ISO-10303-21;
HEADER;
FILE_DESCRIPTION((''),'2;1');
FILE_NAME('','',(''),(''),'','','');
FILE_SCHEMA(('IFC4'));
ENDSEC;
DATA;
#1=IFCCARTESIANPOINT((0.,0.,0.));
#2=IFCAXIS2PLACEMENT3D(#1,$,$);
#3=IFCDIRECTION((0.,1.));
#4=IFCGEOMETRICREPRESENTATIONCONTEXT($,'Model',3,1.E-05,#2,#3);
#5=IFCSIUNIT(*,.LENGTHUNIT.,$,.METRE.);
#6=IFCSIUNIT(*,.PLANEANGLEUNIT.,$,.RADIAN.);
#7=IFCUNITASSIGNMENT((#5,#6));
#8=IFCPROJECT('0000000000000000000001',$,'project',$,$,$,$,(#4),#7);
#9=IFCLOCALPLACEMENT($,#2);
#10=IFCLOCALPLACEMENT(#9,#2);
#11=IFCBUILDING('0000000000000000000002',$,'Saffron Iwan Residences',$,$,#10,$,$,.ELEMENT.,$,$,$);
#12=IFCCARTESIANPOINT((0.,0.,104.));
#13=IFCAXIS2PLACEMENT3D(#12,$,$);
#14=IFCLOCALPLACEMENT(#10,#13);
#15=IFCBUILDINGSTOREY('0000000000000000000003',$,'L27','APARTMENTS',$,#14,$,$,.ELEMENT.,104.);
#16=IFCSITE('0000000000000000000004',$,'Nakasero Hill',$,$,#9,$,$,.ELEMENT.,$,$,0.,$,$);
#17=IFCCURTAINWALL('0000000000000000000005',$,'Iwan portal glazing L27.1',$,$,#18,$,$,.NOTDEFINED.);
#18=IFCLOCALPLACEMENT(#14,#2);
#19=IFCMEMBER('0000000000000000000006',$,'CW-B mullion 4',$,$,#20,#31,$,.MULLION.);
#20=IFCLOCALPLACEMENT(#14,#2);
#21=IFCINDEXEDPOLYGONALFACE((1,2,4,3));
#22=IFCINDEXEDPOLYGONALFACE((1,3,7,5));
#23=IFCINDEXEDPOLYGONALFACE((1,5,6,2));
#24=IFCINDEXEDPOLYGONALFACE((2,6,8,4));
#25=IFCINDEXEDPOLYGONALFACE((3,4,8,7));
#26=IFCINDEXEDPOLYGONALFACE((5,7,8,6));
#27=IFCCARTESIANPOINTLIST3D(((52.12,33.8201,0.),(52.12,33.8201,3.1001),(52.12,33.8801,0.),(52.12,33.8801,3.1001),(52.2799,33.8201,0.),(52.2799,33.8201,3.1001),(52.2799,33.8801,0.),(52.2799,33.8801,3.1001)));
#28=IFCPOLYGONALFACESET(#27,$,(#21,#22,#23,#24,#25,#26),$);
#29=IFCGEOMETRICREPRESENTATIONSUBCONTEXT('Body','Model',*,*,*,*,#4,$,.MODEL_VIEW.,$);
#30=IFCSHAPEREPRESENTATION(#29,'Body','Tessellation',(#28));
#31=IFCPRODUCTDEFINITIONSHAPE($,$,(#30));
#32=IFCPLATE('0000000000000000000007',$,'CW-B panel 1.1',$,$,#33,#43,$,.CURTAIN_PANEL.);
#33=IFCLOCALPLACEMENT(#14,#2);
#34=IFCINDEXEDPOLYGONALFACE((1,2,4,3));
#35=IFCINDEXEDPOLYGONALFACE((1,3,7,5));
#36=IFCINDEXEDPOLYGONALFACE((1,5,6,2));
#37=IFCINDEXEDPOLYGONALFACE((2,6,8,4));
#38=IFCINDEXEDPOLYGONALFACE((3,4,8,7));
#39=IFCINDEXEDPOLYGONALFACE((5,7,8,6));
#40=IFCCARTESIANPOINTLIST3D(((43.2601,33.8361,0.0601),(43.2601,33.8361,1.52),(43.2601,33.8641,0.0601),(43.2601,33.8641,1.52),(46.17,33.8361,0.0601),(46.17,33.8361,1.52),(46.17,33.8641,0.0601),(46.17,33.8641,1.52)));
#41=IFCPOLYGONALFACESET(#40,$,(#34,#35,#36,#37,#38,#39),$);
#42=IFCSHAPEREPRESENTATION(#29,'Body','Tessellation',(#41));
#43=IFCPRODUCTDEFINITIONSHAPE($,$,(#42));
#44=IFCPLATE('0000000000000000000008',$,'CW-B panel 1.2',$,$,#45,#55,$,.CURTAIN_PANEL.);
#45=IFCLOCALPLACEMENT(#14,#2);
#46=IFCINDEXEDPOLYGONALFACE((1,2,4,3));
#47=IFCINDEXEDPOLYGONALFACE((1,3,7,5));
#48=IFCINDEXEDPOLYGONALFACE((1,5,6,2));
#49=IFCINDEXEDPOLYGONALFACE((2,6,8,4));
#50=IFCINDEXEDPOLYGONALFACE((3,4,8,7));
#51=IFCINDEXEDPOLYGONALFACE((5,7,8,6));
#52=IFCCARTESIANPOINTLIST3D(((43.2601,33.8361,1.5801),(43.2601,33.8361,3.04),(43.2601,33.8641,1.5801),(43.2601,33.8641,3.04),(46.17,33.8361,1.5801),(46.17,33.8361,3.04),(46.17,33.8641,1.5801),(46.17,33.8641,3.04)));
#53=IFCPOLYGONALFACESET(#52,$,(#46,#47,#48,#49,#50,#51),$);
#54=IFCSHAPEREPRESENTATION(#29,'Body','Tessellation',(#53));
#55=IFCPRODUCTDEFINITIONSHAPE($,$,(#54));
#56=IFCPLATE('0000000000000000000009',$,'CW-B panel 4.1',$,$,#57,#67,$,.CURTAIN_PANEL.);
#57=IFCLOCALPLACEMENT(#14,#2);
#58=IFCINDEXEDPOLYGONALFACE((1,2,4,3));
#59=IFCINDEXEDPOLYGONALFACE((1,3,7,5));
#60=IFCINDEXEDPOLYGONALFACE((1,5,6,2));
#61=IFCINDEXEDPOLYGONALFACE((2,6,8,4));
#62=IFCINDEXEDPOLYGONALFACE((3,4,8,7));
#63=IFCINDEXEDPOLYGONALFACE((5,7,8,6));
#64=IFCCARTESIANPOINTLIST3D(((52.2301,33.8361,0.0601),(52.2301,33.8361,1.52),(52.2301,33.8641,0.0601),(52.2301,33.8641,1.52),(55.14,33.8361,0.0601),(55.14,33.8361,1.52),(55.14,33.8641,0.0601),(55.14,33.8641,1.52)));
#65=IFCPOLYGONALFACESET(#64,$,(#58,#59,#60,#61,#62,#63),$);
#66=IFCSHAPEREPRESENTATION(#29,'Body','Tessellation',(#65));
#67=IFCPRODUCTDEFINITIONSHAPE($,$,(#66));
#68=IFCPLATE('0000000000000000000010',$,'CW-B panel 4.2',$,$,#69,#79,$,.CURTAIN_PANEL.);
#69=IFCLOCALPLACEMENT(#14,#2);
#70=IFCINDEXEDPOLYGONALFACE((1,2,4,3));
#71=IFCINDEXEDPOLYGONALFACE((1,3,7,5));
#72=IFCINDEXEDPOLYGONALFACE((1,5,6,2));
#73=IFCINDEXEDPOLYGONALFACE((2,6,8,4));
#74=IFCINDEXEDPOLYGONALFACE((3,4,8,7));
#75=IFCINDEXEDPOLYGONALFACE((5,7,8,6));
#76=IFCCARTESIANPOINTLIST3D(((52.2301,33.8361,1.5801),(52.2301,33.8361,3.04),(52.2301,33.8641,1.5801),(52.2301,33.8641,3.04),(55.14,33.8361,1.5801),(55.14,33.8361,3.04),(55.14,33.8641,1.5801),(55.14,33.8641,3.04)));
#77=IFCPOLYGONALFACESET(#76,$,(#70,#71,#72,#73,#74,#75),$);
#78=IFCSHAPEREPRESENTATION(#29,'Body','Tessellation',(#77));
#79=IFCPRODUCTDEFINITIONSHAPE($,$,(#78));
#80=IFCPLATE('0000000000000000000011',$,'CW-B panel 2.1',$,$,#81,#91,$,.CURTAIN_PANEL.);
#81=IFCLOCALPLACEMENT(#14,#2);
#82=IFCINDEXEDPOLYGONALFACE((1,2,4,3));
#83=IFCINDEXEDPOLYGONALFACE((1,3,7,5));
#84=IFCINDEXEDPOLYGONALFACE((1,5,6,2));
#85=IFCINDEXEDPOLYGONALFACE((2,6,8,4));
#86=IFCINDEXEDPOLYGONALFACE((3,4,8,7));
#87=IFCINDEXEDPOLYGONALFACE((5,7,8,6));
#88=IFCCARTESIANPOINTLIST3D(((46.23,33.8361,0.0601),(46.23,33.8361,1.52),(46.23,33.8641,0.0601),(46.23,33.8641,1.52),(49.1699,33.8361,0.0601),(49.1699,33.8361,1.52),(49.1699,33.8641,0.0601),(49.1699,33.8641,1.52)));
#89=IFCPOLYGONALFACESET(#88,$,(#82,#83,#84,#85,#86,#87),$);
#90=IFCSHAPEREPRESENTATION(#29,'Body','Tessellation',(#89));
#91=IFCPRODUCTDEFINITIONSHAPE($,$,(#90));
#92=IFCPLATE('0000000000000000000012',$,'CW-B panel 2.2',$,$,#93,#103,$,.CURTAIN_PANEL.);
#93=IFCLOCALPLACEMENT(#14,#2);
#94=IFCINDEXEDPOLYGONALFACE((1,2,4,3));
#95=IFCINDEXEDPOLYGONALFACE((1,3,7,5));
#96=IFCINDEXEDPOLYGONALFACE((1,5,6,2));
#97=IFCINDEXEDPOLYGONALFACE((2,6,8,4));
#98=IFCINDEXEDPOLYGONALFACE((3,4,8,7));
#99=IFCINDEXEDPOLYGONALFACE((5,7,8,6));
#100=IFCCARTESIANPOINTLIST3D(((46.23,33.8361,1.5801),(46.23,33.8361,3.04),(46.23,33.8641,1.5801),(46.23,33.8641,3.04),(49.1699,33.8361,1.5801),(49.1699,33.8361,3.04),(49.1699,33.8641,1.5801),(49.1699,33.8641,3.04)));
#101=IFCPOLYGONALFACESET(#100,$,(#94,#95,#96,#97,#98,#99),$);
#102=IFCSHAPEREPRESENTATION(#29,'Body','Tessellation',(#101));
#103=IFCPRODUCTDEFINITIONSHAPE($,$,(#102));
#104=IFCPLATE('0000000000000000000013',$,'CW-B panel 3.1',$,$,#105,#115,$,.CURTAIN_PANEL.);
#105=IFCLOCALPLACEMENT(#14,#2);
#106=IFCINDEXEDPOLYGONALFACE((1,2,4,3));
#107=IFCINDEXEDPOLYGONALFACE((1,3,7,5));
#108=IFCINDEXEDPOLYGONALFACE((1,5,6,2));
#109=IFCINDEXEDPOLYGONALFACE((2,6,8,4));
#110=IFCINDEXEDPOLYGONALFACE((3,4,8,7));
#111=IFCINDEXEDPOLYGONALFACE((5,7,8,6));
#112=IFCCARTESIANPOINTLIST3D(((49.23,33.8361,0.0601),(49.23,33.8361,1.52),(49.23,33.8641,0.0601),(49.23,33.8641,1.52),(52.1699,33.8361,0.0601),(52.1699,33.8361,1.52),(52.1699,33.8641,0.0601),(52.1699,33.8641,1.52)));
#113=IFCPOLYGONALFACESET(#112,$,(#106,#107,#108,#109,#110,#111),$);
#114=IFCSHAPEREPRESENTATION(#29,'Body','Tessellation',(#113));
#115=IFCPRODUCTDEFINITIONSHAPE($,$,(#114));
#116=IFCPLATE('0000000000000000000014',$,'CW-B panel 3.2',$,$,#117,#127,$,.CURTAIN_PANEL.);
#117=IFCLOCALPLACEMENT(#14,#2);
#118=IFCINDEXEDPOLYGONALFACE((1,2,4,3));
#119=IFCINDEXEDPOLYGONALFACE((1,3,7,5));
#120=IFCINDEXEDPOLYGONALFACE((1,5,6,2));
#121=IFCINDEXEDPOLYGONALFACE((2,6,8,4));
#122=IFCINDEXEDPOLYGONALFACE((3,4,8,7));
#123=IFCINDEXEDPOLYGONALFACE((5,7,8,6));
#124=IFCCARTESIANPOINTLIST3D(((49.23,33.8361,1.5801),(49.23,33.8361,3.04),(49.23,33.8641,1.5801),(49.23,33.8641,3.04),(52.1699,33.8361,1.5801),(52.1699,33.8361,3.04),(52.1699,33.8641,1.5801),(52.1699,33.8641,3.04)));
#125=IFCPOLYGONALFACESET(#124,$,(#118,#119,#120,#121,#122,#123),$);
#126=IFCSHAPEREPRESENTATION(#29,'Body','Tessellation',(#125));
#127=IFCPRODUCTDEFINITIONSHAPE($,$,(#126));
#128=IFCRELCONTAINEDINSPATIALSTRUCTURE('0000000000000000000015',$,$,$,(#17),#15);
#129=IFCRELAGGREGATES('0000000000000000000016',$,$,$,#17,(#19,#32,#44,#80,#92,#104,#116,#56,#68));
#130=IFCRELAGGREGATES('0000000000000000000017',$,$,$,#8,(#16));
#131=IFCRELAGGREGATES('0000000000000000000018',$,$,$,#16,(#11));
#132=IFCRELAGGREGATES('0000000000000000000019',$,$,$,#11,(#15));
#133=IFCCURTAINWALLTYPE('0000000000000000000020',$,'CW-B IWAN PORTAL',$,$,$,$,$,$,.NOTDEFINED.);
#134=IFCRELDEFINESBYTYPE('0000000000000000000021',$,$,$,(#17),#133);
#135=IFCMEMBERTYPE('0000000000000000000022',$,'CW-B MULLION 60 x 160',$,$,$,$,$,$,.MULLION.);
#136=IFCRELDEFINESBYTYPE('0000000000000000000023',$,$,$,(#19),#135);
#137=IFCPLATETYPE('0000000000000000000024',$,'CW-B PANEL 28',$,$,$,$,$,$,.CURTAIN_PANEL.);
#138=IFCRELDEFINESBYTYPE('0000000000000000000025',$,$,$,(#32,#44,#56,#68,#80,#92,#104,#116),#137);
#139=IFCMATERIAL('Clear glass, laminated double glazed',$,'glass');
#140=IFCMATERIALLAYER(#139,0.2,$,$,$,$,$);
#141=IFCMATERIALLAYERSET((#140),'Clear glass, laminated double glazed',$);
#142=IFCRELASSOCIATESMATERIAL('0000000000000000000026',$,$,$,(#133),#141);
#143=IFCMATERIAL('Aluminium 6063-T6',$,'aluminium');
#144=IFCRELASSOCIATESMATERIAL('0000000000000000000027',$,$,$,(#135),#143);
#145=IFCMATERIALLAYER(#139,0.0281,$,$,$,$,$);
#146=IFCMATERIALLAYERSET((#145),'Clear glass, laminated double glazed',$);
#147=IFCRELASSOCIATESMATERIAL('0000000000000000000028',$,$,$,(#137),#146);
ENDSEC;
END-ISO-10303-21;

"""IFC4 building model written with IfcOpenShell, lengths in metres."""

from ifc_helpers import new_model, si_unit, direction, frame, origin, origin_2d, place, context, subcontext, project, spatial, rectangle, extrude, source, transform, mapped, material, layer, layer_set, material_profile, profile_set, type_object, element, aggregate, save


model = new_model("IFC4")

# Units and contexts
model_context = context("Model", 3, precision=1e-05, world=origin(), true_north=direction((0.0, 1.0)))
body_context = subcontext(model_context, "Body", "Model", "MODEL_VIEW")
ifc_project = project(units=[si_unit("LENGTHUNIT", "METRE"), si_unit("PLANEANGLEUNIT", "RADIAN")], contexts=[model_context])

# Site, building, storey
site_placement = place(None, origin())
site = spatial("IfcSite", under=ifc_project, at=site_placement, Name="Nakasero Hill", CompositionType="ELEMENT", RefElevation=0.0)
building_placement = place(site_placement, origin())
building = spatial("IfcBuilding", under=site, at=building_placement, Name="Saffron Iwan Residences", CompositionType="ELEMENT")
storey_placement = place(building_placement, frame((0.0, 0.0, 104.0)))
storey = spatial("IfcBuildingStorey", under=building, at=storey_placement, Name="L27", Description="APARTMENTS", CompositionType="ELEMENT", Elevation=104.0)

# Curtain wall, member, plates
ifc_material_1 = material(Name="Clear glass, laminated double glazed", Category="glass")
ifc_layer_1 = layer(ifc_material_1, 0.2)
ifc_layer_set_1 = layer_set([ifc_layer_1], Name="Clear glass, laminated double glazed")
curtain_wall_type = type_object("IfcCurtainWallType", Name="CW-B IWAN PORTAL", PredefinedType="NOTDEFINED", material=ifc_layer_set_1)
curtain_wall_placement = place(storey_placement, origin())
curtain_wall = element("IfcCurtainWall", 1, at=curtain_wall_placement, inside=storey, type_object=curtain_wall_type, Name="Iwan portal glazing L27.1", PredefinedType="NOTDEFINED")
ifc_material_2 = material(Name="Aluminium 6063-T6", Category="aluminium")
ifc_material_profile_1 = material_profile(ifc_material_2, rectangle(XDim=0.0601, YDim=0.1599, at=origin_2d()), Name="CW-B MULLION 60 x 160")
ifc_profile_set_1 = profile_set([ifc_material_profile_1], Name="Aluminium 6063-T6")
member_type_1 = type_object("IfcMemberType", Name="CW-B MULLION 60 x 160", PredefinedType="MULLION", material=ifc_profile_set_1)
shared_shape_1 = source(origin(), body_context, "Body", "SweptSolid", [
    extrude(rectangle(XDim=0.0601, YDim=0.1599, at=origin_2d()), origin(), (0.0, 0.0, 1.0), 3.1001),
])
member_1_placement = place(storey_placement, frame((52.2, 33.8501, 0.0), z_axis=(0.0, 0.0, 1.0), x_axis=(0.0, 1.0, 0.0)))
member_1 = element("IfcMember", 2, at=member_1_placement, type_object=member_type_1, Name="CW-B mullion 4", PredefinedType="MULLION", context=body_context, shape_type="MappedRepresentation", body=[
    mapped(shared_shape_1, transform((0.0, 0.0, 0.0))),
])
ifc_layer_2 = layer(ifc_material_1, 0.0281)
ifc_layer_set_2 = layer_set([ifc_layer_2], Name="Clear glass, laminated double glazed")
plate_type = type_object("IfcPlateType", Name="CW-B PANEL 28", PredefinedType="CURTAIN_PANEL", material=ifc_layer_set_2)
shared_shape_2 = source(origin(), body_context, "Body", "SweptSolid", [
    extrude(rectangle(XDim=2.9099, YDim=0.0281, at=origin_2d()), origin(), (0.0, 0.0, 1.0), 1.46),
])
plate_1_placement = place(storey_placement, frame((44.7151, 33.8501, 0.0601), z_axis=(0.0, 0.0, 1.0), x_axis=(1.0, 0.0, 0.0)))
plate_1 = element("IfcPlate", 3, at=plate_1_placement, type_object=plate_type, Name="CW-B panel 1.1", PredefinedType="CURTAIN_PANEL", context=body_context, shape_type="MappedRepresentation", body=[
    mapped(shared_shape_2, transform((0.0, 0.0, 0.0))),
])
plate_2_placement = place(storey_placement, frame((44.7151, 33.8501, 1.5801), z_axis=(0.0, 0.0, 1.0), x_axis=(1.0, 0.0, 0.0)))
plate_2 = element("IfcPlate", 4, at=plate_2_placement, type_object=plate_type, Name="CW-B panel 1.2", PredefinedType="CURTAIN_PANEL", context=body_context, shape_type="MappedRepresentation", body=[
    mapped(shared_shape_2, transform((0.0, 0.0, 0.0))),
])
plate_3_placement = place(storey_placement, frame((53.6851, 33.8501, 0.0601), z_axis=(0.0, 0.0, 1.0), x_axis=(1.0, 0.0, 0.0)))
plate_3 = element("IfcPlate", 5, at=plate_3_placement, type_object=plate_type, Name="CW-B panel 4.1", PredefinedType="CURTAIN_PANEL", context=body_context, shape_type="MappedRepresentation", body=[
    mapped(shared_shape_2, transform((0.0, 0.0, 0.0))),
])
plate_4_placement = place(storey_placement, frame((53.6851, 33.8501, 1.5801), z_axis=(0.0, 0.0, 1.0), x_axis=(1.0, 0.0, 0.0)))
plate_4 = element("IfcPlate", 6, at=plate_4_placement, type_object=plate_type, Name="CW-B panel 4.2", PredefinedType="CURTAIN_PANEL", context=body_context, shape_type="MappedRepresentation", body=[
    mapped(shared_shape_2, transform((0.0, 0.0, 0.0))),
])
shared_shape_3 = source(origin(), body_context, "Body", "SweptSolid", [
    extrude(rectangle(XDim=2.9399, YDim=0.0281, at=origin_2d()), origin(), (0.0, 0.0, 1.0), 1.46),
])
plate_5_placement = place(storey_placement, frame((47.7, 33.8501, 0.0601), z_axis=(0.0, 0.0, 1.0), x_axis=(1.0, 0.0, 0.0)))
plate_5 = element("IfcPlate", 7, at=plate_5_placement, type_object=plate_type, Name="CW-B panel 2.1", PredefinedType="CURTAIN_PANEL", context=body_context, shape_type="MappedRepresentation", body=[
    mapped(shared_shape_3, transform((0.0, 0.0, 0.0))),
])
plate_6_placement = place(storey_placement, frame((47.7, 33.8501, 1.5801), z_axis=(0.0, 0.0, 1.0), x_axis=(1.0, 0.0, 0.0)))
plate_6 = element("IfcPlate", 8, at=plate_6_placement, type_object=plate_type, Name="CW-B panel 2.2", PredefinedType="CURTAIN_PANEL", context=body_context, shape_type="MappedRepresentation", body=[
    mapped(shared_shape_3, transform((0.0, 0.0, 0.0))),
])
plate_7_placement = place(storey_placement, frame((50.7, 33.8501, 0.0601), z_axis=(0.0, 0.0, 1.0), x_axis=(1.0, 0.0, 0.0)))
plate_7 = element("IfcPlate", 9, at=plate_7_placement, type_object=plate_type, Name="CW-B panel 3.1", PredefinedType="CURTAIN_PANEL", context=body_context, shape_type="MappedRepresentation", body=[
    mapped(shared_shape_3, transform((0.0, 0.0, 0.0))),
])
plate_8_placement = place(storey_placement, frame((50.7, 33.8501, 1.5801), z_axis=(0.0, 0.0, 1.0), x_axis=(1.0, 0.0, 0.0)))
plate_8 = element("IfcPlate", 10, at=plate_8_placement, type_object=plate_type, Name="CW-B panel 3.2", PredefinedType="CURTAIN_PANEL", context=body_context, shape_type="MappedRepresentation", body=[
    mapped(shared_shape_3, transform((0.0, 0.0, 0.0))),
])
aggregate(curtain_wall, [member_1, plate_1, plate_2, plate_5, plate_6, plate_7, plate_8, plate_3, plate_4])

save(model, "model.ifc")
